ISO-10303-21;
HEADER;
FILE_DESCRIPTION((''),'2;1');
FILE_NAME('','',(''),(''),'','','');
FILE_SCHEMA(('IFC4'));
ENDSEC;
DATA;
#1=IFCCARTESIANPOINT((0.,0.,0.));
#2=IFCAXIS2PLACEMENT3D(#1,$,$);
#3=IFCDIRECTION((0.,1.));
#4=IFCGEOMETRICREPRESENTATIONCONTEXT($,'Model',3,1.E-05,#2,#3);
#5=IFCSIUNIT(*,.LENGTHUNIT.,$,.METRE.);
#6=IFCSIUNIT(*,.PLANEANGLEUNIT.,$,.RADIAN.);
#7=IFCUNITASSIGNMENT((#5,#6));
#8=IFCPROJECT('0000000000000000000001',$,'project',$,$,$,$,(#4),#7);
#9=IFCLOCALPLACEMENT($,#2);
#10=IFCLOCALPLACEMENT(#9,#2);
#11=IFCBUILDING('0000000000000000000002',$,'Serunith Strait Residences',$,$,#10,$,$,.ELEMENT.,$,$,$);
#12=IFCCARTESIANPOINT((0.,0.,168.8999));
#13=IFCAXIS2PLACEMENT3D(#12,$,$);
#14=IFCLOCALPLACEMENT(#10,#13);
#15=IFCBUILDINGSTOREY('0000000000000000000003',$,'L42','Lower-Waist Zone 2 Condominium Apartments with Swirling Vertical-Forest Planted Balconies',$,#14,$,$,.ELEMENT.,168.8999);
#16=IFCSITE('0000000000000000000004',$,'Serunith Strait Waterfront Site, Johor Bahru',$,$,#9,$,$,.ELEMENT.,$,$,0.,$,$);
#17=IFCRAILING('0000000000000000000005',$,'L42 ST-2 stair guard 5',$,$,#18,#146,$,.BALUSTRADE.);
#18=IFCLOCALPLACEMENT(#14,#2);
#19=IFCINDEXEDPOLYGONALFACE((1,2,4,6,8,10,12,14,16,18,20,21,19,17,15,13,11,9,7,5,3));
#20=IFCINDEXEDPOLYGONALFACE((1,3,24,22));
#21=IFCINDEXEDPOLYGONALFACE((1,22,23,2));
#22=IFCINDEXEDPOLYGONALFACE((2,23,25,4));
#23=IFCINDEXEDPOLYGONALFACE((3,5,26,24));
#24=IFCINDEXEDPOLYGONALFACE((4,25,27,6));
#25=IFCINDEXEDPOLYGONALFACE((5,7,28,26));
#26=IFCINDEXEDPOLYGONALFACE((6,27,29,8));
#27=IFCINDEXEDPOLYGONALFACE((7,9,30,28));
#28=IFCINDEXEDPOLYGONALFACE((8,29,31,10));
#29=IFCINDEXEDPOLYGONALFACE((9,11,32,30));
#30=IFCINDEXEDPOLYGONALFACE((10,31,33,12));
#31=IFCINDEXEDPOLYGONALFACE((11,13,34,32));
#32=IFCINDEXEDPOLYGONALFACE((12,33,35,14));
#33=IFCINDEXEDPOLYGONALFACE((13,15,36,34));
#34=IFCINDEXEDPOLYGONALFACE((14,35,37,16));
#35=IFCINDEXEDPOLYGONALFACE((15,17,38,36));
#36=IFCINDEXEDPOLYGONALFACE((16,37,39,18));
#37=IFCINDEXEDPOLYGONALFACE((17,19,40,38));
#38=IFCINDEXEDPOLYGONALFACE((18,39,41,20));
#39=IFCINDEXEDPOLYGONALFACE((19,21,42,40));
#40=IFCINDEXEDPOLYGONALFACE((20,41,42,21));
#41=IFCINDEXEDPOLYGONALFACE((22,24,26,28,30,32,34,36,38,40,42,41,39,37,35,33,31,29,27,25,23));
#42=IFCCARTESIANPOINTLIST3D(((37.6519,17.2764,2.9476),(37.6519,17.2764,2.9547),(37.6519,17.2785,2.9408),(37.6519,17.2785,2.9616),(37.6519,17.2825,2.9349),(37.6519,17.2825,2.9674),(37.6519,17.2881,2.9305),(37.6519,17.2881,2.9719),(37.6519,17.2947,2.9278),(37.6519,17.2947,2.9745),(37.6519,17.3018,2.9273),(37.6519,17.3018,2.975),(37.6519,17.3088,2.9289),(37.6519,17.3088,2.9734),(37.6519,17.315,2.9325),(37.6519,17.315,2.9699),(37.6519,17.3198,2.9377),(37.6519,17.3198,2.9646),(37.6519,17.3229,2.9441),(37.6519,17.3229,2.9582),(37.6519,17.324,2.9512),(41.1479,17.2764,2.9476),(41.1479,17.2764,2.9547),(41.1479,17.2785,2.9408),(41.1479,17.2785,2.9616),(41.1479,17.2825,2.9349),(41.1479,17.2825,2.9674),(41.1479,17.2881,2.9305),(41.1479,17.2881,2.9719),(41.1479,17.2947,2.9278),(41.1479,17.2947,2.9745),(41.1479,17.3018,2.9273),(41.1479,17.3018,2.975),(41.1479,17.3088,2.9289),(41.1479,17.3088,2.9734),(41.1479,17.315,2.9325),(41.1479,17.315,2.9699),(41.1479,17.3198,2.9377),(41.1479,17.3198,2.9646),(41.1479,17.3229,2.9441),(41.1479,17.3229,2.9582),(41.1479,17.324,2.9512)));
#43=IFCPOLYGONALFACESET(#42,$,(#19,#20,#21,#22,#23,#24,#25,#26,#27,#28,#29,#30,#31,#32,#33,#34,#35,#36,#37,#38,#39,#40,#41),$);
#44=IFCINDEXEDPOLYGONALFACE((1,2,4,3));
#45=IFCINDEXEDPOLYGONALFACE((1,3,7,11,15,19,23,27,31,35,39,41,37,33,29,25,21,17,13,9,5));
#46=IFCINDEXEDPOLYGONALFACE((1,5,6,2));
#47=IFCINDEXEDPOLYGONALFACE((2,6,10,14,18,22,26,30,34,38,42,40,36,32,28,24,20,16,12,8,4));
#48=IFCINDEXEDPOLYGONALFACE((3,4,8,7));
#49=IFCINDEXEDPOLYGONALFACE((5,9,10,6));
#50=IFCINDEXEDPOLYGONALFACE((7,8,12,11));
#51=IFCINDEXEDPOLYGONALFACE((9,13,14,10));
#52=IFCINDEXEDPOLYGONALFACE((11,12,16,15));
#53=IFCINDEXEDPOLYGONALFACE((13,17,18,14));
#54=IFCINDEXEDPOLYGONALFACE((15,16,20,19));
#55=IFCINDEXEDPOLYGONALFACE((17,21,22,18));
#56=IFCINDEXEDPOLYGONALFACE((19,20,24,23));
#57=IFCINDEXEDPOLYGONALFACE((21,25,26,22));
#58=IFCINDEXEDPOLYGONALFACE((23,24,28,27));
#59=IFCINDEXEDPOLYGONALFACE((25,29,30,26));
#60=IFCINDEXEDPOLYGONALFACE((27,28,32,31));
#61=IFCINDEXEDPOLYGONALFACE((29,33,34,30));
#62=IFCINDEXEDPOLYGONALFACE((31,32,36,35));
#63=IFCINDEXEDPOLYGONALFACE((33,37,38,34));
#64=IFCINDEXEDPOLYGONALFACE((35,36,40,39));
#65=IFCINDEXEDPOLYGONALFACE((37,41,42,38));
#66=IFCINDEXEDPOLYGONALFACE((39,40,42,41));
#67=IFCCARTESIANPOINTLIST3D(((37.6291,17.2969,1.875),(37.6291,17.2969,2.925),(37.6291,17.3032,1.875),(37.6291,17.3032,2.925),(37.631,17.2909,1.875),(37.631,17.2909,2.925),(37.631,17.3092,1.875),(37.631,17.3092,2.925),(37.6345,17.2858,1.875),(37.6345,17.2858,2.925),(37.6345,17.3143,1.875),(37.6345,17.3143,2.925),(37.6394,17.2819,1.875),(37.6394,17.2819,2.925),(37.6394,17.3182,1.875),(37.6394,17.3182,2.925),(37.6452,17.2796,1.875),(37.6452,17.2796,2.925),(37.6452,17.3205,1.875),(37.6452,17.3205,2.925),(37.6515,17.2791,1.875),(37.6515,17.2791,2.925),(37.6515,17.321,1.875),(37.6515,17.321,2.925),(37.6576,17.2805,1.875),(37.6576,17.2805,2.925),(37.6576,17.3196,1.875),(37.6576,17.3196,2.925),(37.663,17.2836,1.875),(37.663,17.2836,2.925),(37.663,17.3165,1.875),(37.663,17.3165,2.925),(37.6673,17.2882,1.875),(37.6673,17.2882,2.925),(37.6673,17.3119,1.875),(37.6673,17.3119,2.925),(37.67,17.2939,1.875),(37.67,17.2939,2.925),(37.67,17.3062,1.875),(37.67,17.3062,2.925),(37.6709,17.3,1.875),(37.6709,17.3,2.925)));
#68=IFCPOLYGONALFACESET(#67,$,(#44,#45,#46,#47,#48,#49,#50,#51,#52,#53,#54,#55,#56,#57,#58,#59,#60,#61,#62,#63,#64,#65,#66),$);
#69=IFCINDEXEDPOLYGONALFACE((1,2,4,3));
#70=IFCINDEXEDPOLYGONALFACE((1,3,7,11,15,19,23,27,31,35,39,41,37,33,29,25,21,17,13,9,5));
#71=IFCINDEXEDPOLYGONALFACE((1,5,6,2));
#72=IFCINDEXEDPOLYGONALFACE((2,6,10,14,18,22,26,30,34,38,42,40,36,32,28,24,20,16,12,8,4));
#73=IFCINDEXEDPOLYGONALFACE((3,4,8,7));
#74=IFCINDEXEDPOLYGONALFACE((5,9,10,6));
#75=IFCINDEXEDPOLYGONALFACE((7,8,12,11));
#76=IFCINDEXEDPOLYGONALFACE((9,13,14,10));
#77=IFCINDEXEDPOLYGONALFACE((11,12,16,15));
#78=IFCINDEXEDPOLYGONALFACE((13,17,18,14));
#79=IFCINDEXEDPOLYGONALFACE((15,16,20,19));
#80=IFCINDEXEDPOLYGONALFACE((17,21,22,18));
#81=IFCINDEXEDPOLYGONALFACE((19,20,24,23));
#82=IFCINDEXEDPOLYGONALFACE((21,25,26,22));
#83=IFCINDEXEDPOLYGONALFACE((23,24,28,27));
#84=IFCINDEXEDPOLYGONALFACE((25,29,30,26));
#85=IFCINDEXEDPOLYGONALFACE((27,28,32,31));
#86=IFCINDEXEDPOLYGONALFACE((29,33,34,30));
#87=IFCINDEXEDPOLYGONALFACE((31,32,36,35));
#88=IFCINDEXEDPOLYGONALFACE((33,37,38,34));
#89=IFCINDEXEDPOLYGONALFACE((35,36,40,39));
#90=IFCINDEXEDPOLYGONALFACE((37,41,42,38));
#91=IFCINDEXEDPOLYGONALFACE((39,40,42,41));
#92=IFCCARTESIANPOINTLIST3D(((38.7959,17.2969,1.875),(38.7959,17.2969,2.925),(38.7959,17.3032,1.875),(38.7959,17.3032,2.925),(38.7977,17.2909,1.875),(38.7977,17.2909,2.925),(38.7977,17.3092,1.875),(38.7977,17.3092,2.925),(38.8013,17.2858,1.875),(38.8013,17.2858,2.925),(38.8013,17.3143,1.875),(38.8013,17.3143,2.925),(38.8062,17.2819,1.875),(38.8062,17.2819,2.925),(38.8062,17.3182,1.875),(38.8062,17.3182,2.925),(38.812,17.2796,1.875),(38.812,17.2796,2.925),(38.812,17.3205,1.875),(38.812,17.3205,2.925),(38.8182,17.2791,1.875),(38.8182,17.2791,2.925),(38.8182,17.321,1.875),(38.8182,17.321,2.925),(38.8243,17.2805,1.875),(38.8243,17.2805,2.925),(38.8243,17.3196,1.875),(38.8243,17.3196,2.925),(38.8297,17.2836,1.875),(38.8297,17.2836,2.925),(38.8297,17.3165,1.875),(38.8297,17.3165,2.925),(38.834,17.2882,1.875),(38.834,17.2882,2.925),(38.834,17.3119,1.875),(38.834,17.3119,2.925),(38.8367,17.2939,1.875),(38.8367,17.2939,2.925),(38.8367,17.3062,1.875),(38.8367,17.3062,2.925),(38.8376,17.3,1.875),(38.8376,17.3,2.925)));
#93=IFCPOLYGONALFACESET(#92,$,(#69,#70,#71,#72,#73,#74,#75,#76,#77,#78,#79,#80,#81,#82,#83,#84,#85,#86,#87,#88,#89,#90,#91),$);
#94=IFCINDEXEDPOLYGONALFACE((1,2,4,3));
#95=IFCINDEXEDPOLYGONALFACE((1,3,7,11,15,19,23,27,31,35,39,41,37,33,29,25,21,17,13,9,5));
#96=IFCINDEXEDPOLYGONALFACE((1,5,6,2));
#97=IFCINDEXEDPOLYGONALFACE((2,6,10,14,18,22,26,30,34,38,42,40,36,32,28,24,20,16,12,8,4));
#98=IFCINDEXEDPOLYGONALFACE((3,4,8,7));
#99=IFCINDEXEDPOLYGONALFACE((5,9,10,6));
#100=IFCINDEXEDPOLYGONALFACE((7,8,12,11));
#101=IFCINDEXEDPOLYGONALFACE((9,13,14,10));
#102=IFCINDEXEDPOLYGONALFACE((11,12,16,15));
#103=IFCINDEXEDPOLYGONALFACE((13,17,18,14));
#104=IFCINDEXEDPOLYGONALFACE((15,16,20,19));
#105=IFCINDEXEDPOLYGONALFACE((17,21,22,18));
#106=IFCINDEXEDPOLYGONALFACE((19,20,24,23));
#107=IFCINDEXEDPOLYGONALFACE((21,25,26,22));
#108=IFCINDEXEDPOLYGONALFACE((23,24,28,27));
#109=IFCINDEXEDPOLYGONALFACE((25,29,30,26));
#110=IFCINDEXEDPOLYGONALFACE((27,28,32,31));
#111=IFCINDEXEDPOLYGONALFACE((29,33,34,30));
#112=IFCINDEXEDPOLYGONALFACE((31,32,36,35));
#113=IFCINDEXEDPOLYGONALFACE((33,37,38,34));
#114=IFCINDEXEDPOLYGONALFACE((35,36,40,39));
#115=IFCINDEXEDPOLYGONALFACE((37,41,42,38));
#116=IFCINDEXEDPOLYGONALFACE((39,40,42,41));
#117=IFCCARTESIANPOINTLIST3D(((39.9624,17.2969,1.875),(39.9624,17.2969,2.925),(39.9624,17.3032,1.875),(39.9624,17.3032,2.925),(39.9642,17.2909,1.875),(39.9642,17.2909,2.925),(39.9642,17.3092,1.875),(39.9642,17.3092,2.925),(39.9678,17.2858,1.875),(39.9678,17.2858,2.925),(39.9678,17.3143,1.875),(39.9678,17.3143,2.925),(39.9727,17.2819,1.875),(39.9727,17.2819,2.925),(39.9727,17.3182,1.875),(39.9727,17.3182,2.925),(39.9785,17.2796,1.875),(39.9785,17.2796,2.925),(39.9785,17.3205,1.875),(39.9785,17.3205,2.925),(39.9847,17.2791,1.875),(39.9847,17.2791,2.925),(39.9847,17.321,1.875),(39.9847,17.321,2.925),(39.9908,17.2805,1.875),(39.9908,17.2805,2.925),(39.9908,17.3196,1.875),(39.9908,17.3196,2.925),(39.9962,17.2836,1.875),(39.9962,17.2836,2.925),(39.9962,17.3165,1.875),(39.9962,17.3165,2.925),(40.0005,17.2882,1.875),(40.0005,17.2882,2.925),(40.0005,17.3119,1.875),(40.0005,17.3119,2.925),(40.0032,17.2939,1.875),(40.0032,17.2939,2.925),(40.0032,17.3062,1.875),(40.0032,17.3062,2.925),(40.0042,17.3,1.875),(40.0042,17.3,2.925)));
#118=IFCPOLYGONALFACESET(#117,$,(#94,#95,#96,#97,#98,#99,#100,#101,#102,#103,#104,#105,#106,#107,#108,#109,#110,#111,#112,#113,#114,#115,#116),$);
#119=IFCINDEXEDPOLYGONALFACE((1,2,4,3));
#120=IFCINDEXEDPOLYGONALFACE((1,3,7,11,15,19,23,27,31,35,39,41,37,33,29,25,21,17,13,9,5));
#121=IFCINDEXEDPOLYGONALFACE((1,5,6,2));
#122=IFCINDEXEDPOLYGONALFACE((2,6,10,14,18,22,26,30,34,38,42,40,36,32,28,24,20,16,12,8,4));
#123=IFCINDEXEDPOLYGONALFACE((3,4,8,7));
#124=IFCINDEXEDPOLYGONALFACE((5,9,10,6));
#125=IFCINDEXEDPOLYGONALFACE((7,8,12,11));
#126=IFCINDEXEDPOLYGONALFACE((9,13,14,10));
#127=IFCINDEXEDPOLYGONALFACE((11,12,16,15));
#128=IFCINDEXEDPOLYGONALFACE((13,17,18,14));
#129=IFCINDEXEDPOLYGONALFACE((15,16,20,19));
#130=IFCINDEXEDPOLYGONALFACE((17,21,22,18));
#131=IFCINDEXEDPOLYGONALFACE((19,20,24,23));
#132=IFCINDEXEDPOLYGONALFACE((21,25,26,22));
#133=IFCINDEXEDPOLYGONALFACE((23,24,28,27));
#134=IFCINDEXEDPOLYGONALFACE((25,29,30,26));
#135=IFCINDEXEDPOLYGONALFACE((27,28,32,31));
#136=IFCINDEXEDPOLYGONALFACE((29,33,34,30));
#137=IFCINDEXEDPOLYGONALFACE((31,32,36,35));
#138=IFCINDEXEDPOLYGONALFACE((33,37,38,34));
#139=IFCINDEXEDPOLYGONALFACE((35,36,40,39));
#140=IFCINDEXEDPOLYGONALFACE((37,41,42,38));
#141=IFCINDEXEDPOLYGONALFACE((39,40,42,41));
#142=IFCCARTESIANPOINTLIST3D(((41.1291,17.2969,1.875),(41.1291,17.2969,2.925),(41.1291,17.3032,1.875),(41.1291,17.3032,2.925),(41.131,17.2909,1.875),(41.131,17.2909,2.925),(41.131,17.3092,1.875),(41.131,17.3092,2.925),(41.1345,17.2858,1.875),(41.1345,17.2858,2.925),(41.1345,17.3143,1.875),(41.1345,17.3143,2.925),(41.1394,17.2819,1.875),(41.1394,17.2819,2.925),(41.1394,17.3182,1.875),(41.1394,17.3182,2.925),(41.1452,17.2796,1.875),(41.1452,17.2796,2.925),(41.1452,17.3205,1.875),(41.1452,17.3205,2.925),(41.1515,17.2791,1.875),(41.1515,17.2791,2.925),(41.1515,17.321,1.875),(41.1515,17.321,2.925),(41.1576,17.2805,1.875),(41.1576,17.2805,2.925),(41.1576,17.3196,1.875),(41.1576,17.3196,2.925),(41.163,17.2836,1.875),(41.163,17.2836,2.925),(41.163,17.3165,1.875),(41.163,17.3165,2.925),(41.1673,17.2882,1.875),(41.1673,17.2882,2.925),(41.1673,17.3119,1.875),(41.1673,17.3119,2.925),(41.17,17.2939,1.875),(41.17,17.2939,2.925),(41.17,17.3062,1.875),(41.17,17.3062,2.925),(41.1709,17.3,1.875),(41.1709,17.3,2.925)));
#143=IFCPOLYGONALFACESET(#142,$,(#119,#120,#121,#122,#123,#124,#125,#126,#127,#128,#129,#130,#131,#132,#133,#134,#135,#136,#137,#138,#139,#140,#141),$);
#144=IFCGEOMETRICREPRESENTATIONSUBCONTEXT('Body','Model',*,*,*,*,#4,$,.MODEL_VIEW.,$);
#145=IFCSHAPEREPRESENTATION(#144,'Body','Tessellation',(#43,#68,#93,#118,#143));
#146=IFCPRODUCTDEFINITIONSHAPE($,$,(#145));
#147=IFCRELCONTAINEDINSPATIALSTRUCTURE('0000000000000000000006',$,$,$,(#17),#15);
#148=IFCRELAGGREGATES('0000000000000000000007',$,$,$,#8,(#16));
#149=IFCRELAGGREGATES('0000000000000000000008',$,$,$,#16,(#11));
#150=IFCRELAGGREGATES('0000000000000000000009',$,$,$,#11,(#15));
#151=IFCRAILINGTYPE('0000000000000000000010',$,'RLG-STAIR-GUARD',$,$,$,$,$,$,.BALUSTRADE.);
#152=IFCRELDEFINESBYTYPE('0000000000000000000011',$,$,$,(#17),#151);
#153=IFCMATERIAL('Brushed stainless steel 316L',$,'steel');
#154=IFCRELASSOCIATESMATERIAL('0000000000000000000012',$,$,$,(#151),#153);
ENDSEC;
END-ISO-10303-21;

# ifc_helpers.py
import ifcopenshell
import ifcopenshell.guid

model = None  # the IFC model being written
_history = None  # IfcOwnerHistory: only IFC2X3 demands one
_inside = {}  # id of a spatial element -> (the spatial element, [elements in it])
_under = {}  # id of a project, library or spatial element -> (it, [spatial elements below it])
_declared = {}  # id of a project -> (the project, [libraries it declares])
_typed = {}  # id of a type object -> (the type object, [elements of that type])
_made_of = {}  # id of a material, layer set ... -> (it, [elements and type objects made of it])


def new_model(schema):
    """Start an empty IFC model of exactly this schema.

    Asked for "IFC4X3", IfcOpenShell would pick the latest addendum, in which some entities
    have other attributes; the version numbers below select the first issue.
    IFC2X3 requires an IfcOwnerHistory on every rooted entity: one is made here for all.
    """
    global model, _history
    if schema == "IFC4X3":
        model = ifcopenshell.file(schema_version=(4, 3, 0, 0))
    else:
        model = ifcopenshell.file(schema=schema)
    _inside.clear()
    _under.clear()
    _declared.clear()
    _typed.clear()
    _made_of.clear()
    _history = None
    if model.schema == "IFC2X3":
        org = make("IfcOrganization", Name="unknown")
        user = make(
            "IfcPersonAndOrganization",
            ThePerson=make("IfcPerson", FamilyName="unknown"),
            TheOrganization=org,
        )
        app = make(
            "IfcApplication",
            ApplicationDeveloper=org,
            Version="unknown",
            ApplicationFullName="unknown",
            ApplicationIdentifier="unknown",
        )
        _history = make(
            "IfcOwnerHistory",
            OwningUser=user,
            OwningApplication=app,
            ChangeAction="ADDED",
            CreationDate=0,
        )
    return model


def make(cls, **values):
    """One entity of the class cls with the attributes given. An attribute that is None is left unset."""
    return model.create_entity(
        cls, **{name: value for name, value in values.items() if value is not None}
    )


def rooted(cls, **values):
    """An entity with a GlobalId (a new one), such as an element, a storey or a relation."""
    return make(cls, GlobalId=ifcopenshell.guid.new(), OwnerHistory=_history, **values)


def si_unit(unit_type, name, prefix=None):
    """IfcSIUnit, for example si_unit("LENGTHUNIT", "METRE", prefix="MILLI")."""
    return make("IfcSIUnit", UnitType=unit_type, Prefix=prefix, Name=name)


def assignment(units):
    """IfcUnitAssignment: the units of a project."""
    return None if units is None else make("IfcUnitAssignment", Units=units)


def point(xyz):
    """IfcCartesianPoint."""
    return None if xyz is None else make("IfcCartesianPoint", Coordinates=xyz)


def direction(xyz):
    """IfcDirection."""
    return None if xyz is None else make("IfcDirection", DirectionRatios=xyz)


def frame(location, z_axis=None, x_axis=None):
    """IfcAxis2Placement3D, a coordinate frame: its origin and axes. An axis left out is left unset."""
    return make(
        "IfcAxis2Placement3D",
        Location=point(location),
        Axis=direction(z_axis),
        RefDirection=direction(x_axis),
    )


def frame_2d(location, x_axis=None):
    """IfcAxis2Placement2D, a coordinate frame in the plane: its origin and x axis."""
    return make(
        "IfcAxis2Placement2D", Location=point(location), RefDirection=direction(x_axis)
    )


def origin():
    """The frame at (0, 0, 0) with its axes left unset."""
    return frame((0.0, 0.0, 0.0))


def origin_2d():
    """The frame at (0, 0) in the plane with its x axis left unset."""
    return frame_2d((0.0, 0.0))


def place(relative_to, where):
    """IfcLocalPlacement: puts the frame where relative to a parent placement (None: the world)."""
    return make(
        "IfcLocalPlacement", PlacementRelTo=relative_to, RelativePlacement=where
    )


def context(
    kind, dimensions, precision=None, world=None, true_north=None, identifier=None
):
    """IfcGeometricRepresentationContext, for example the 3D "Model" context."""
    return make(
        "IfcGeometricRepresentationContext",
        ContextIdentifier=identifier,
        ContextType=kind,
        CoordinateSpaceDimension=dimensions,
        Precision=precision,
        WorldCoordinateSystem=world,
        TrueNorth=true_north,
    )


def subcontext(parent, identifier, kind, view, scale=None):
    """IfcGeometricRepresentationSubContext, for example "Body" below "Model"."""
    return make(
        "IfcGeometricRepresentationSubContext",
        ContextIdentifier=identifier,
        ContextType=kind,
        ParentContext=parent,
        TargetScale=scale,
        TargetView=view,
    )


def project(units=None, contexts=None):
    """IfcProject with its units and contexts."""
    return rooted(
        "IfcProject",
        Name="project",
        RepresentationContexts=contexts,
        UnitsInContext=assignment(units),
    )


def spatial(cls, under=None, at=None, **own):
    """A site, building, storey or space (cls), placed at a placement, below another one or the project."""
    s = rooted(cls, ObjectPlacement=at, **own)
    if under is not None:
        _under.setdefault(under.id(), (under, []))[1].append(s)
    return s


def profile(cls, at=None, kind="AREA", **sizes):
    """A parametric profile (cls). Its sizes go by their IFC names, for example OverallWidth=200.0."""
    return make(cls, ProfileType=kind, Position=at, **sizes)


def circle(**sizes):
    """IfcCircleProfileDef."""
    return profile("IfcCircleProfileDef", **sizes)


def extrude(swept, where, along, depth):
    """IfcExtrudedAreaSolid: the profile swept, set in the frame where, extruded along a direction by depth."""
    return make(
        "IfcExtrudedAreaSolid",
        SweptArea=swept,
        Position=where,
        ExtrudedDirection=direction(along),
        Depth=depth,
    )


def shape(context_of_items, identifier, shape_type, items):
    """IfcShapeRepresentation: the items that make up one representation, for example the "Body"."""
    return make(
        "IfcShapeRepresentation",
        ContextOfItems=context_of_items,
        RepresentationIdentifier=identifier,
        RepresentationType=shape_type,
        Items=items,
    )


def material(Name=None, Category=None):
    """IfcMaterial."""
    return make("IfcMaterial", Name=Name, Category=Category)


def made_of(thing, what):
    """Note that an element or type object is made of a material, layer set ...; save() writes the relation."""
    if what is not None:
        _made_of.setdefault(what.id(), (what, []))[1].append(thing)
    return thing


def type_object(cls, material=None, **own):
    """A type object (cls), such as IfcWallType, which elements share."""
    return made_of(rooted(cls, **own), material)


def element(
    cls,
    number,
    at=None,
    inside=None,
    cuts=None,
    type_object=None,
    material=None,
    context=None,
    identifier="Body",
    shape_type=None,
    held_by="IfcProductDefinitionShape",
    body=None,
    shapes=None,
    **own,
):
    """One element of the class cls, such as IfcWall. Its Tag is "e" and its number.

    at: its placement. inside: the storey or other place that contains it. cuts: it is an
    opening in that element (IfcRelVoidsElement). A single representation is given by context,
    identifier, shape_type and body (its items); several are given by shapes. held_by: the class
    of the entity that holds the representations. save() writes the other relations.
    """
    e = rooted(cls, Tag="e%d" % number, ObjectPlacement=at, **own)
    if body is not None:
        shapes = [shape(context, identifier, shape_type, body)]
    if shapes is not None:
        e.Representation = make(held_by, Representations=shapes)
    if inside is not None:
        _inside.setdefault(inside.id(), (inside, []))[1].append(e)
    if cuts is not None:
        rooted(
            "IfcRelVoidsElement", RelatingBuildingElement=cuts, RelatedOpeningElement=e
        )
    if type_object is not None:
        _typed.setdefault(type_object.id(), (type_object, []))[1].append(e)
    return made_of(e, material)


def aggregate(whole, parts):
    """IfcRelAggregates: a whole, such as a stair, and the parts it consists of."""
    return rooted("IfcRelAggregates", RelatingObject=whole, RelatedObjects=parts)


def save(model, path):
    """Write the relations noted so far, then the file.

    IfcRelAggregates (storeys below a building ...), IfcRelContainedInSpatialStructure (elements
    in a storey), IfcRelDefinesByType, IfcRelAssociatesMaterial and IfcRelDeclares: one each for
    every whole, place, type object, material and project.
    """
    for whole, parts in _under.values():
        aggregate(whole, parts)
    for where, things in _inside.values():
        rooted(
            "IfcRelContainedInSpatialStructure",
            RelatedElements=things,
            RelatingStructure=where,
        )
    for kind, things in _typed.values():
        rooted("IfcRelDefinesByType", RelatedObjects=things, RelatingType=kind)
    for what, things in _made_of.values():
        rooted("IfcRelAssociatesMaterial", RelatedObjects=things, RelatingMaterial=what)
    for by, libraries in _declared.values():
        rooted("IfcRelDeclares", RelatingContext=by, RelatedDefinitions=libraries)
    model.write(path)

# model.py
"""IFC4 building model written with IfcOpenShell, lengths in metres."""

from ifc_helpers import new_model, si_unit, direction, frame, origin, origin_2d, place, context, subcontext, project, spatial, circle, extrude, material, type_object, element, save


model = new_model("IFC4")

# Units and contexts
model_context = context("Model", 3, precision=1e-05, world=origin(), true_north=direction((0.0, 1.0)))
body_context = subcontext(model_context, "Body", "Model", "MODEL_VIEW")
ifc_project = project(units=[si_unit("LENGTHUNIT", "METRE"), si_unit("PLANEANGLEUNIT", "RADIAN")], contexts=[model_context])

# Site, building, storey
site_placement = place(None, origin())
site = spatial("IfcSite", under=ifc_project, at=site_placement, Name="Serunith Strait Waterfront Site, Johor Bahru", CompositionType="ELEMENT", RefElevation=0.0)
building_placement = place(site_placement, origin())
building = spatial("IfcBuilding", under=site, at=building_placement, Name="Serunith Strait Residences", CompositionType="ELEMENT")
storey_placement = place(building_placement, frame((0.0, 0.0, 168.8999)))
storey = spatial("IfcBuildingStorey", under=building, at=storey_placement, Name="L42", Description="Lower-Waist Zone 2 Condominium Apartments with Swirling Vertical-Forest Planted Balconies", CompositionType="ELEMENT", Elevation=168.8999)

# Railing
ifc_material_1 = material(Name="Brushed stainless steel 316L", Category="steel")
railing_type_1 = type_object("IfcRailingType", Name="RLG-STAIR-GUARD", PredefinedType="BALUSTRADE", material=ifc_material_1)
railing_1_placement = place(storey_placement, frame((37.6499, 17.3, 1.875)))
element("IfcRailing", 1, at=railing_1_placement, inside=storey, type_object=railing_type_1, Name="L42 ST-2 stair guard 5", PredefinedType="BALUSTRADE", context=body_context, shape_type="SweptSolid", body=[
    extrude(circle(Radius=0.0239, at=origin_2d()), frame((0.002, 0.0, 1.0762), z_axis=(1.0, 0.0, 0.0), x_axis=(0.0, 1.0, 0.0)), (0.0, 0.0, 1.0), 3.4961),
    extrude(circle(Radius=0.021, at=origin_2d()), origin(), (0.0, 0.0, 1.0), 1.05),
    extrude(circle(Radius=0.021, at=origin_2d()), frame((1.1667, 0.0, 0.0)), (0.0, 0.0, 1.0), 1.05),
    extrude(circle(Radius=0.021, at=origin_2d()), frame((2.3333, 0.0, 0.0)), (0.0, 0.0, 1.0), 1.05),
    extrude(circle(Radius=0.021, at=origin_2d()), frame((3.5, 0.0, 0.0)), (0.0, 0.0, 1.0), 1.05),
])

save(model, "model.ifc")
